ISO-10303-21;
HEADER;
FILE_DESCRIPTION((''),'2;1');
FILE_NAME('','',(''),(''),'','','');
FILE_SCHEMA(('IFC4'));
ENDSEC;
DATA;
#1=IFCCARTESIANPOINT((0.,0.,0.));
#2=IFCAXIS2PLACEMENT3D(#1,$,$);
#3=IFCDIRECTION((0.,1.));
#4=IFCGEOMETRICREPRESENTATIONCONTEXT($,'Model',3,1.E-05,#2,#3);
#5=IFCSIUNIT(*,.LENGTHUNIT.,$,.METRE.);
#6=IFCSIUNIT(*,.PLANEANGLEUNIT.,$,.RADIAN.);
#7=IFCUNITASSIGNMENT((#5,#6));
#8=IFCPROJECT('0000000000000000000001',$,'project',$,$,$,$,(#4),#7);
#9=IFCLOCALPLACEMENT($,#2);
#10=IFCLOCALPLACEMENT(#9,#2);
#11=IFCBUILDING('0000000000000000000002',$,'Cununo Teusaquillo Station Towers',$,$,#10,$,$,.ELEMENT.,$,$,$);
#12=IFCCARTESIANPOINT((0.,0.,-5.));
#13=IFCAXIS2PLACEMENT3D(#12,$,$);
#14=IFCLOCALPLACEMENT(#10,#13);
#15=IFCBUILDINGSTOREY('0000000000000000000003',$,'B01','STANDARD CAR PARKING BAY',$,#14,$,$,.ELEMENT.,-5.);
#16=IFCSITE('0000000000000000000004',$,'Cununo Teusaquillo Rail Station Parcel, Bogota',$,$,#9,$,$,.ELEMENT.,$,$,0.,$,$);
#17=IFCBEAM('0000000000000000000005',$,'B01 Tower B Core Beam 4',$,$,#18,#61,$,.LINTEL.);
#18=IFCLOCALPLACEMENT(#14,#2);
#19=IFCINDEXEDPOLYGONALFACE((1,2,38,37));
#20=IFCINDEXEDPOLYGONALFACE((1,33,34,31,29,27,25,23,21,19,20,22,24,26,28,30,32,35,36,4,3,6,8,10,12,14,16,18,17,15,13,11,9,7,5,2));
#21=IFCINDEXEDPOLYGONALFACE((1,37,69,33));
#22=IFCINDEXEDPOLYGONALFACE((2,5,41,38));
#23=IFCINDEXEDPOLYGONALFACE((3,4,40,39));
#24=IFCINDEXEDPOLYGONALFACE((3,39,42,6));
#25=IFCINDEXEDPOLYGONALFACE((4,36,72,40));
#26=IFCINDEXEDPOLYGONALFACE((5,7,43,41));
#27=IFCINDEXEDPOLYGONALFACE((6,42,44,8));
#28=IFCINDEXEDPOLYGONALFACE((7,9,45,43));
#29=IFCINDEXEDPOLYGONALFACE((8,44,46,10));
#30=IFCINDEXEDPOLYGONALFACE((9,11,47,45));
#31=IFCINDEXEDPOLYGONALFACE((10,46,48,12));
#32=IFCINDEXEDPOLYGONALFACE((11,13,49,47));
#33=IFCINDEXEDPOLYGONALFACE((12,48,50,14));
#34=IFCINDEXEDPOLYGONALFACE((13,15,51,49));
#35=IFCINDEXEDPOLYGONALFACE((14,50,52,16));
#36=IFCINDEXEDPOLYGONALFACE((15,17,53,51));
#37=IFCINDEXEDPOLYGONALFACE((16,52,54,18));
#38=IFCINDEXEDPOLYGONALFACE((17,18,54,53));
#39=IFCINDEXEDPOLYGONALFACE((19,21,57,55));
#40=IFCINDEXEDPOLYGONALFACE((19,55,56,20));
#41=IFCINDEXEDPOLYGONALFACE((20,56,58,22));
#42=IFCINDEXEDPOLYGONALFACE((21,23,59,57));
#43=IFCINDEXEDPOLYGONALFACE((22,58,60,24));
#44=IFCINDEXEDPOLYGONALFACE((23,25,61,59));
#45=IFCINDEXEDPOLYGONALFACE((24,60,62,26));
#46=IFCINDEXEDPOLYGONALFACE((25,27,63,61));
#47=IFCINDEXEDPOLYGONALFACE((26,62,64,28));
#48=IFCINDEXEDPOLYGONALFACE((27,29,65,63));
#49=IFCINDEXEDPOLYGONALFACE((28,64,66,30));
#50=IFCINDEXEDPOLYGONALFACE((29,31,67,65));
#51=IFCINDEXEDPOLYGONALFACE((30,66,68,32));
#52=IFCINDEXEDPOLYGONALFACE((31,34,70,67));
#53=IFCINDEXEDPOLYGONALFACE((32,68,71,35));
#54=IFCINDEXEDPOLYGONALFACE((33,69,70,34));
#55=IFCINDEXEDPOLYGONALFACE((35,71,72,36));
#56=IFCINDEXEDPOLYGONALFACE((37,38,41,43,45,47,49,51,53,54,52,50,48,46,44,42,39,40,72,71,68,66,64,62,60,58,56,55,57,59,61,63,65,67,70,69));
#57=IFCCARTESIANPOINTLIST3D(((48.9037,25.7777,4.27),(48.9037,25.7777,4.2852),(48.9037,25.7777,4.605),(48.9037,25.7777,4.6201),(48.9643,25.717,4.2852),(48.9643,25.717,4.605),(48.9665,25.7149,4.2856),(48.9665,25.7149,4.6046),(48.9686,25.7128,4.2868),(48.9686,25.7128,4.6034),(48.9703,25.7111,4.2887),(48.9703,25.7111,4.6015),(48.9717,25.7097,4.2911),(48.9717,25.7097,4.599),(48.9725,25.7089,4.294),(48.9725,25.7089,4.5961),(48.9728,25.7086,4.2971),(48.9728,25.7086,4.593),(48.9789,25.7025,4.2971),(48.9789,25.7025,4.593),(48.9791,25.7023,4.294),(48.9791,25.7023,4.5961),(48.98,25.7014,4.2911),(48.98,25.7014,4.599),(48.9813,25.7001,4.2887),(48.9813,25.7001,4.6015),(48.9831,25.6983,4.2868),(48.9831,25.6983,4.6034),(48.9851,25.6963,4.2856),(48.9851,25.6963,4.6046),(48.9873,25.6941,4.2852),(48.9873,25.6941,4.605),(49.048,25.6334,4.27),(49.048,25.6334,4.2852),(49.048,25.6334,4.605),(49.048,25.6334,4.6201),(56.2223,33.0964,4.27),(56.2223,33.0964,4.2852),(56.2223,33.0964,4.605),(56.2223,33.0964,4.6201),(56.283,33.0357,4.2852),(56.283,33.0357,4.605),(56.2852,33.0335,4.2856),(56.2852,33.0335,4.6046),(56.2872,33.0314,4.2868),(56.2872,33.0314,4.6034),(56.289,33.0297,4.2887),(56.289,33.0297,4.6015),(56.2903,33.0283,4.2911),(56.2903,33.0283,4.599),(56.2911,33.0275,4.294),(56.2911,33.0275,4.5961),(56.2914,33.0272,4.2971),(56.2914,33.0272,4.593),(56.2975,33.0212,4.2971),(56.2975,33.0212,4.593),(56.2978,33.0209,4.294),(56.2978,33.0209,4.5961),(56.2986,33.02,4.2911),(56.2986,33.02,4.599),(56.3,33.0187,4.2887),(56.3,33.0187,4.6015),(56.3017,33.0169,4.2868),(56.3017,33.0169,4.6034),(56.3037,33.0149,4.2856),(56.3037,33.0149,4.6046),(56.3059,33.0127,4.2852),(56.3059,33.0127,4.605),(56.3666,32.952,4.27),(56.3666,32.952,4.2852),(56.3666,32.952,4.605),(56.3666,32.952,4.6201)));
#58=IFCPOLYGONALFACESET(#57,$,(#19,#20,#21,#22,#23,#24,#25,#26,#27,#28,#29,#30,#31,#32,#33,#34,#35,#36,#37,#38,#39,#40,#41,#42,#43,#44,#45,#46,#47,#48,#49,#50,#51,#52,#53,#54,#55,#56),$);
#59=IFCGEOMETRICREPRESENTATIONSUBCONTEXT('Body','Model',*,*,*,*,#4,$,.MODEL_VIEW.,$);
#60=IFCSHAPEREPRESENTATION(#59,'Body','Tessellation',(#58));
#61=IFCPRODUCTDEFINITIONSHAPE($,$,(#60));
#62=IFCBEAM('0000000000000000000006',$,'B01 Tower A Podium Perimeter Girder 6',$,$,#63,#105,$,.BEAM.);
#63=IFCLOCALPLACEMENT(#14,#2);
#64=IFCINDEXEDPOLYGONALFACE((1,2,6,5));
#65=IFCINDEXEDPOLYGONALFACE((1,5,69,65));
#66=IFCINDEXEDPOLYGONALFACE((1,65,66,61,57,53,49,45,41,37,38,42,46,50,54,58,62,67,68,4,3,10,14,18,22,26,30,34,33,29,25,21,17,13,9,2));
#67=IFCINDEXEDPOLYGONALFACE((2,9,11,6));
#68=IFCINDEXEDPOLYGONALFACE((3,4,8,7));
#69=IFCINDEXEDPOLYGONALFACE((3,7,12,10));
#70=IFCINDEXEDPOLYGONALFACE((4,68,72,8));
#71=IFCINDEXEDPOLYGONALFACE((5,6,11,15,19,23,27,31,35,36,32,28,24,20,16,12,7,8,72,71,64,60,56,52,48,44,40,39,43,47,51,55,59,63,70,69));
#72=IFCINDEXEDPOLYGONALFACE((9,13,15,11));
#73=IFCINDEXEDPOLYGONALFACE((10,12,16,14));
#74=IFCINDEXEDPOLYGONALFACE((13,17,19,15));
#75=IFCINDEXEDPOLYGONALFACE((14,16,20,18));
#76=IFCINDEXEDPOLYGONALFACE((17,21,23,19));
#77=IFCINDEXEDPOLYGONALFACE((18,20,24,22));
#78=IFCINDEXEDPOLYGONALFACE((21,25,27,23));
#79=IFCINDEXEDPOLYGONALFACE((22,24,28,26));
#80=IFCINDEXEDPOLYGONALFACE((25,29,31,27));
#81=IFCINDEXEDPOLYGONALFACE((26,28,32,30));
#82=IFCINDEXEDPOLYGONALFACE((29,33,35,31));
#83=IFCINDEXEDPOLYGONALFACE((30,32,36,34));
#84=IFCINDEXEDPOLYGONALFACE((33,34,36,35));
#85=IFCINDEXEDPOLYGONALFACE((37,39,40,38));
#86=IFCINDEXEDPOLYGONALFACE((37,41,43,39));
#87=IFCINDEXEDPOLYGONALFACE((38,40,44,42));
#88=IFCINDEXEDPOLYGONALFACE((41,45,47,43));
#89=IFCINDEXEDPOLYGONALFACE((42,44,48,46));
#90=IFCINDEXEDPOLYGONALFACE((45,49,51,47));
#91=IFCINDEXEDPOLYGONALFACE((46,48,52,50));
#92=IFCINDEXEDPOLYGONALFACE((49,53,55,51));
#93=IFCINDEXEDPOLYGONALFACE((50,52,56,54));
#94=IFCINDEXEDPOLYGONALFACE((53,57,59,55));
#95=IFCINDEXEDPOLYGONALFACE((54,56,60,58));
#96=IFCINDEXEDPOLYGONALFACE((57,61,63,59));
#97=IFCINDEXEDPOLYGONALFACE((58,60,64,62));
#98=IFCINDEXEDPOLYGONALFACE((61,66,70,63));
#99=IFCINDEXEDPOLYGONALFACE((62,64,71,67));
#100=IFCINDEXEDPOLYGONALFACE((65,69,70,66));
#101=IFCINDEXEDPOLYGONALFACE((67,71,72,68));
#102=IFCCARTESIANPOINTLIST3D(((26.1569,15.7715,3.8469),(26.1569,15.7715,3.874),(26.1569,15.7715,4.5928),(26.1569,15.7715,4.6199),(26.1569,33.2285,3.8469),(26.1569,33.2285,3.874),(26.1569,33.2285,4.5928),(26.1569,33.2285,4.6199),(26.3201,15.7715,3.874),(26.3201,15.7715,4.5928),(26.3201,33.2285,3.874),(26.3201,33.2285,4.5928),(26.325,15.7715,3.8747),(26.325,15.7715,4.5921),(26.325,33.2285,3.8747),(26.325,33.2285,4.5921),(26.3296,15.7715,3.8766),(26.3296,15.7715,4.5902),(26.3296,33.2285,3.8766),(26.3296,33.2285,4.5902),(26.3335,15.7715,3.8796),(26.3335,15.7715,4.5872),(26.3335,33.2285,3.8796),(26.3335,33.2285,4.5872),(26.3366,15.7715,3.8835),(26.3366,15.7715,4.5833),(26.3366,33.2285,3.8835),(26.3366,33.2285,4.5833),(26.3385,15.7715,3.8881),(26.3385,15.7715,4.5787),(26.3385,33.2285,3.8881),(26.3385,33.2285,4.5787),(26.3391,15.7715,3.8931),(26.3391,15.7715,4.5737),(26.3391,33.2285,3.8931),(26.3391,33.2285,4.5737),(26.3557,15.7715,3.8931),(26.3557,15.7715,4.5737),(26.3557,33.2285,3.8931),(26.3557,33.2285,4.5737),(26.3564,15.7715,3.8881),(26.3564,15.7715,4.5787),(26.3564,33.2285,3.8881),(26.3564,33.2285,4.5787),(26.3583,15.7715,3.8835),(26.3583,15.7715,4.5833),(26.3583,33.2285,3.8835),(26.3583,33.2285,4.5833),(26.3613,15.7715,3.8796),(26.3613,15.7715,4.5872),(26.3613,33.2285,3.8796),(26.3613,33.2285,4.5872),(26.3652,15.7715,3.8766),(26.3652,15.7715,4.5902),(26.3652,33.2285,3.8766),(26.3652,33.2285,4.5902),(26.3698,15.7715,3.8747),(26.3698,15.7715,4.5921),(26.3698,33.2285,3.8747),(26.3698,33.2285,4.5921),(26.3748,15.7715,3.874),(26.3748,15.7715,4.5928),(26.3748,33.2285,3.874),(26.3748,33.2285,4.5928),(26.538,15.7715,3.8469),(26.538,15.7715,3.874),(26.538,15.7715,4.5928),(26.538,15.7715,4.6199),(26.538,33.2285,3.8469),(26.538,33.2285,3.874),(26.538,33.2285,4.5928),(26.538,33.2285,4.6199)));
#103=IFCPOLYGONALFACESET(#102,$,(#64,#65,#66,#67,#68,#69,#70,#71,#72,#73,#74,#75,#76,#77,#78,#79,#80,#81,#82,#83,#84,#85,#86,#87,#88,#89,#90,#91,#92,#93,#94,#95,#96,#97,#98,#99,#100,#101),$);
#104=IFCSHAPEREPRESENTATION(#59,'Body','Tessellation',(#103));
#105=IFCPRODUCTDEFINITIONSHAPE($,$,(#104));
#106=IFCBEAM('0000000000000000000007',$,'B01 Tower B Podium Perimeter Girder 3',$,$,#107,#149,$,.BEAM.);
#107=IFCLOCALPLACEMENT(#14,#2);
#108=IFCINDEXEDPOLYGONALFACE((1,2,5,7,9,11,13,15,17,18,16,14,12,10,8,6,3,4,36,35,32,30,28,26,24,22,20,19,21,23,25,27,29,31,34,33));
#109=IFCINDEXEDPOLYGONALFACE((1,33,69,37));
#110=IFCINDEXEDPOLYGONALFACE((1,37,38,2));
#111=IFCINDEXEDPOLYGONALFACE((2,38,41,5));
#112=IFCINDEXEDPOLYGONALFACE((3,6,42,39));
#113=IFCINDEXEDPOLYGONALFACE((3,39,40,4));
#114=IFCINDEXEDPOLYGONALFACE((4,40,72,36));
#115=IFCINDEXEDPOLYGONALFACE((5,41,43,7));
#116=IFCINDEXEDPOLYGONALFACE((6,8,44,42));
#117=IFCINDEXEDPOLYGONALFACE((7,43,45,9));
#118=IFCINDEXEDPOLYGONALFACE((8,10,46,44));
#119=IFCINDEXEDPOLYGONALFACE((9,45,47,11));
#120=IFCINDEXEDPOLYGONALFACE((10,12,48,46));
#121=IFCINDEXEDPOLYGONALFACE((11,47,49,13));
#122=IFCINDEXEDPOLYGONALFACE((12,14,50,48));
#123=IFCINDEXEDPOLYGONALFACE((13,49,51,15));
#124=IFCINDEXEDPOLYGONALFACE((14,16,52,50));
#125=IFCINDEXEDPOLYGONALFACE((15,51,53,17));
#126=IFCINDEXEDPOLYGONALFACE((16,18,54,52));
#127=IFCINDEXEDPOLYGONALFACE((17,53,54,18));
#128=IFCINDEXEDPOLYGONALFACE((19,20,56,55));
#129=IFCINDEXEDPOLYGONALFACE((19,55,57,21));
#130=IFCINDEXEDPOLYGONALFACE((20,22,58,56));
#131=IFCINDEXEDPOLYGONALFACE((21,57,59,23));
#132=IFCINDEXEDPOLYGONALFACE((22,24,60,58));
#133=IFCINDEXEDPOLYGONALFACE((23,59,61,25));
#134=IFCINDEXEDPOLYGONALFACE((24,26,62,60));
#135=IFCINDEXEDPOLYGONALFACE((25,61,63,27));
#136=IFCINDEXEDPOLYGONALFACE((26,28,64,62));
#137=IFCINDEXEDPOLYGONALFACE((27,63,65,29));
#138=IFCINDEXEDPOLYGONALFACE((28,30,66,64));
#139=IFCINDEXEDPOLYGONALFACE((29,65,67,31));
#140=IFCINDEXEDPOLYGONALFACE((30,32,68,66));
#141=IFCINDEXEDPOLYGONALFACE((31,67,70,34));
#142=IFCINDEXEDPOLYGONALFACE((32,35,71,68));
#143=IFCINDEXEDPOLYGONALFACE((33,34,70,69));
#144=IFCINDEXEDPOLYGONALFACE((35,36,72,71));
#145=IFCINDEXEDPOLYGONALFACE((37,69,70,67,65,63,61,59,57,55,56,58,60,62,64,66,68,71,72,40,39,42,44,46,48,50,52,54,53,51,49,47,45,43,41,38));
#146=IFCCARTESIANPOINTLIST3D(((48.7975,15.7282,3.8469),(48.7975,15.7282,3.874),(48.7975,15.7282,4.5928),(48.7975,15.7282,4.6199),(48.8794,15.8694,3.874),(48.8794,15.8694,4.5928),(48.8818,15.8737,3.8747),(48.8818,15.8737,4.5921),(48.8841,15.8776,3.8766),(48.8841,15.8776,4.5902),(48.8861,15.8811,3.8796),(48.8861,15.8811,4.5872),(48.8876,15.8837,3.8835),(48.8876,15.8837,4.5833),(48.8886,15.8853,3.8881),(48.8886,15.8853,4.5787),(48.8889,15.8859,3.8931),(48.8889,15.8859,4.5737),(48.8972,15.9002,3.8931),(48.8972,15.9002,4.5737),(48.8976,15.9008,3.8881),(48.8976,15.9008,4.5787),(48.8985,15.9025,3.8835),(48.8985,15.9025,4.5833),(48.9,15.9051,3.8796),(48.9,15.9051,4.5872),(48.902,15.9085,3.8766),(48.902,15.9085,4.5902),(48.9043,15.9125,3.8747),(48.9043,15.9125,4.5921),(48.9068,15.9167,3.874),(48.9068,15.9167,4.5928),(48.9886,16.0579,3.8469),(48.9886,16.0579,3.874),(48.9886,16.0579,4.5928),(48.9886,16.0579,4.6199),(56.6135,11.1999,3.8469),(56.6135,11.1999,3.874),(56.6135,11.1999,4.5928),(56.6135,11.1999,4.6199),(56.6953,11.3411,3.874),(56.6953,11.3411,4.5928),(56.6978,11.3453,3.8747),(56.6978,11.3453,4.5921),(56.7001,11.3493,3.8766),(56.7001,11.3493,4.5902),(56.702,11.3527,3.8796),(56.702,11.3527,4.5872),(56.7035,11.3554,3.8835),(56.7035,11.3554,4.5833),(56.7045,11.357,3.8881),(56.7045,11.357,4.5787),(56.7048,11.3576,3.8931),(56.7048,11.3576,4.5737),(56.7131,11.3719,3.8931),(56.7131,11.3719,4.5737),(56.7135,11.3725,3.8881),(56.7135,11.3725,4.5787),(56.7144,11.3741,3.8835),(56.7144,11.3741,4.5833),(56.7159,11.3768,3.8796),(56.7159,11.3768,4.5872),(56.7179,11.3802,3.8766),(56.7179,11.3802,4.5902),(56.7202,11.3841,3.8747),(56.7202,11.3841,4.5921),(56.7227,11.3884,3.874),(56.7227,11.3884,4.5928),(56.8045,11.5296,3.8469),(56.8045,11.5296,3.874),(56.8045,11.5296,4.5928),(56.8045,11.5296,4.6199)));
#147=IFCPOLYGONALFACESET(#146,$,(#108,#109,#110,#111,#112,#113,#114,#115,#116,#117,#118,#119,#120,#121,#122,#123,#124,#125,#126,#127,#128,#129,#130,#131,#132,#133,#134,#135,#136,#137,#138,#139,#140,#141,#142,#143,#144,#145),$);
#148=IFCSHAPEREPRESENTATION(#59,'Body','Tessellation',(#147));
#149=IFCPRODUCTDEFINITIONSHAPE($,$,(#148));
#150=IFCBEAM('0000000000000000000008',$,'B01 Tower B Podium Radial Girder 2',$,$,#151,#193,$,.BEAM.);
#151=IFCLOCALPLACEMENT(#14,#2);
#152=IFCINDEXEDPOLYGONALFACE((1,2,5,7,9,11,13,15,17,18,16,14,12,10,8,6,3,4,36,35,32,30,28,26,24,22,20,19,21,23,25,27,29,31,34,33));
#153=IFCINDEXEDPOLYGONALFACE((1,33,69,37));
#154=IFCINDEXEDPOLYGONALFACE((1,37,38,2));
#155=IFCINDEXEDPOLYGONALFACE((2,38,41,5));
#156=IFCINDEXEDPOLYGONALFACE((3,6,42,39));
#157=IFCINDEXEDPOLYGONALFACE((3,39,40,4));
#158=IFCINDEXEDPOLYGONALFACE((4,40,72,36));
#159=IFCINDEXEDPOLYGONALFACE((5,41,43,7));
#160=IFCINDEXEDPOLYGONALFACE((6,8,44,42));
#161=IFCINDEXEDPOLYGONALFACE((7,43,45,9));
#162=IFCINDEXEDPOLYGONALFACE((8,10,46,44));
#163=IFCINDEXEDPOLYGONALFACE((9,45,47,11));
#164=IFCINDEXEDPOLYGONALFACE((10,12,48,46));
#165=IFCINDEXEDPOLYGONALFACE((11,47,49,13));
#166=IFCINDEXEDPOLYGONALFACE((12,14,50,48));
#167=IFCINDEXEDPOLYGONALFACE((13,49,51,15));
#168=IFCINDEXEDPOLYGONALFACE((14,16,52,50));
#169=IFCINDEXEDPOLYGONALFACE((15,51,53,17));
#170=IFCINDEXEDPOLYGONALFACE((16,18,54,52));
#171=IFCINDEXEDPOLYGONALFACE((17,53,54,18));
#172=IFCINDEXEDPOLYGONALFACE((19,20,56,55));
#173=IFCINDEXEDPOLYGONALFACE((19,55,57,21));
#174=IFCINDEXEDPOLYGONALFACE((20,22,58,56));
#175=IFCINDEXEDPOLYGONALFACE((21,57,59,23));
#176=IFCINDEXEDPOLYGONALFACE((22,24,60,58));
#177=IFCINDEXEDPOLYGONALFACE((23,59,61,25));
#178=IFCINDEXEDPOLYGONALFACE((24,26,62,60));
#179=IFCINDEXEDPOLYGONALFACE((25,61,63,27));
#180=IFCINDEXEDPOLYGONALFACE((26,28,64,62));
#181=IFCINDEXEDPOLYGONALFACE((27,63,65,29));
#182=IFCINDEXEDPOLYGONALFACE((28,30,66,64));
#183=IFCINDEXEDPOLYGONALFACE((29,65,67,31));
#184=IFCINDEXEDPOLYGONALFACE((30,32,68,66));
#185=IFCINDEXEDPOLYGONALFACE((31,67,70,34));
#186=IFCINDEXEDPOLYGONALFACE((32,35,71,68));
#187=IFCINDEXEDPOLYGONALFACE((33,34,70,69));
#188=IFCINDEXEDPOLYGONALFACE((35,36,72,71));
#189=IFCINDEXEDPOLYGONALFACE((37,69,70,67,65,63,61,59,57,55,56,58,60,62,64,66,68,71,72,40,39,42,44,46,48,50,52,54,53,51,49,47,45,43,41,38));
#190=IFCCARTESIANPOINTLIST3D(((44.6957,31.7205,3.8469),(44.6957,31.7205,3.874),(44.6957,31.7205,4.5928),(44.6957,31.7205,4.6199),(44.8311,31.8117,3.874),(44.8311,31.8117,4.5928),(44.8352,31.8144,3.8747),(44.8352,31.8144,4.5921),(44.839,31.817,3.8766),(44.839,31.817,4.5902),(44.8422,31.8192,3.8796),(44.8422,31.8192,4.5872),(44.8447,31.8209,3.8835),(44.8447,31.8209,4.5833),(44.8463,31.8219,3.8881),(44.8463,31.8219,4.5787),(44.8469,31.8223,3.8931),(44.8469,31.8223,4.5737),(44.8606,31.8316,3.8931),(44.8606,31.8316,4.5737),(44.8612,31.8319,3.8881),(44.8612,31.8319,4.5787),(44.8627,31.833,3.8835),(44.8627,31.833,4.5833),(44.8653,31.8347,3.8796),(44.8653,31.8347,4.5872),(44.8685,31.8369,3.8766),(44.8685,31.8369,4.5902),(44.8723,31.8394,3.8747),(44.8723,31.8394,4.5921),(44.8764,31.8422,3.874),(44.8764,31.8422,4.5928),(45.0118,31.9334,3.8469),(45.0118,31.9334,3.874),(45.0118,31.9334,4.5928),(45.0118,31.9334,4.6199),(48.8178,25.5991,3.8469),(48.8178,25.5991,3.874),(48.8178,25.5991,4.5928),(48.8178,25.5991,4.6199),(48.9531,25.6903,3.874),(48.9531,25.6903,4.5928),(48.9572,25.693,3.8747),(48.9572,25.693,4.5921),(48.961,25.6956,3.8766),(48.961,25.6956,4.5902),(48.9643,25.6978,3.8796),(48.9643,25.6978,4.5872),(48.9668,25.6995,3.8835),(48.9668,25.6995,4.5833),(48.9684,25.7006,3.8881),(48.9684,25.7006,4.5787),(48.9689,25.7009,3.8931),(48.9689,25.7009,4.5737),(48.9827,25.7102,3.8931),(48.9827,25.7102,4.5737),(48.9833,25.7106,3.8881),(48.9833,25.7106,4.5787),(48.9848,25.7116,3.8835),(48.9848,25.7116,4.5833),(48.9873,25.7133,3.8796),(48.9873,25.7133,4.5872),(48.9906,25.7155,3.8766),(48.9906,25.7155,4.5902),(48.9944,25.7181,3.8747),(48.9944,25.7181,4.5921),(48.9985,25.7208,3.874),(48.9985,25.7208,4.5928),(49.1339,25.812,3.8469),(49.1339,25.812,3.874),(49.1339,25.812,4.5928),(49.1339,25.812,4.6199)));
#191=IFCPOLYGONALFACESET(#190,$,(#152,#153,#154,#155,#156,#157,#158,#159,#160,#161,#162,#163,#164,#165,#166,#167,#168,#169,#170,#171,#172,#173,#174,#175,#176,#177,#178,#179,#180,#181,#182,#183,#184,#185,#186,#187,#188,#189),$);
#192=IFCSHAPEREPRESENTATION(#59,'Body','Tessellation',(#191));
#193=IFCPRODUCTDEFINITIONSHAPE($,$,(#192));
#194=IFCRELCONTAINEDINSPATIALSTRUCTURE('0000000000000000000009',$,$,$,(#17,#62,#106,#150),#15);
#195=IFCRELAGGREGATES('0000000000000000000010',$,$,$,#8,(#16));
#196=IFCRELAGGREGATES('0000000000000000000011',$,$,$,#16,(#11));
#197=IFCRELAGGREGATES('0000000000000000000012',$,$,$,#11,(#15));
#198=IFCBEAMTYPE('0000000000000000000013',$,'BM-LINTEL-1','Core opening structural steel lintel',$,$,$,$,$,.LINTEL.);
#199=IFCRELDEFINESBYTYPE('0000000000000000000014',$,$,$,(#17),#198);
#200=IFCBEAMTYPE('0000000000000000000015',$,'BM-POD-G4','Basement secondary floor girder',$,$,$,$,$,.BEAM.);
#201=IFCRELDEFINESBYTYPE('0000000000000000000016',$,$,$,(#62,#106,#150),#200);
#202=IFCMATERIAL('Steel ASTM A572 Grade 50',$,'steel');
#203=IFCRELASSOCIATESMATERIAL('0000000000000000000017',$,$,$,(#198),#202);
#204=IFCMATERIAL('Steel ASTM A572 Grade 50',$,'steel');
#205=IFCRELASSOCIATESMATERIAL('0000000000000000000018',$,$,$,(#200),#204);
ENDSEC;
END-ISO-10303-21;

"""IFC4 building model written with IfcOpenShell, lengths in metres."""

from ifc_helpers import new_model, si_unit, direction, frame, origin, origin_2d, place, context, subcontext, project, spatial, i_section, extrude, material, material_profile, profile_set, type_object, element, save


model = new_model("IFC4")

# Units and contexts
model_context = context("Model", 3, precision=1e-05, world=origin(), true_north=direction((0.0, 1.0)))
body_context = subcontext(model_context, "Body", "Model", "MODEL_VIEW")
ifc_project = project(units=[si_unit("LENGTHUNIT", "METRE"), si_unit("PLANEANGLEUNIT", "RADIAN")], contexts=[model_context])

# Site, building, storey
site_placement = place(None, origin())
site = spatial("IfcSite", under=ifc_project, at=site_placement, Name="Cununo Teusaquillo Rail Station Parcel, Bogota", CompositionType="ELEMENT", RefElevation=0.0)
building_placement = place(site_placement, origin())
building = spatial("IfcBuilding", under=site, at=building_placement, Name="Cununo Teusaquillo Station Towers", CompositionType="ELEMENT")
storey_placement = place(building_placement, frame((0.0, 0.0, -5.0)))
storey = spatial("IfcBuildingStorey", under=building, at=storey_placement, Name="B01", Description="STANDARD CAR PARKING BAY", CompositionType="ELEMENT", Elevation=-5.0)

# Beams
ifc_material_1 = material(Name="Steel ASTM A572 Grade 50", Category="steel")
ifc_material_profile_1 = material_profile(ifc_material_1, i_section(OverallWidth=0.2041, OverallDepth=0.3501, WebThickness=0.0085, FlangeThickness=0.0151, FilletRadius=0.012, at=origin_2d()), Name="W14X48")
ifc_profile_set_1 = profile_set([ifc_material_profile_1], Name="Steel ASTM A572 Grade 50")
beam_type_1 = type_object("IfcBeamType", Name="BM-LINTEL-1", Description="Core opening structural steel lintel", PredefinedType="LINTEL", material=ifc_profile_set_1)
beam_1_placement = place(storey_placement, frame((48.9758, 25.7056, 4.4451), z_axis=(0.707107, 0.707107, 0.0), x_axis=(-0.707107, 0.707107, 0.0)))
element("IfcBeam", 1, at=beam_1_placement, inside=storey, type_object=beam_type_1, Name="B01 Tower B Core Beam 4", PredefinedType="LINTEL", context=body_context, shape_type="SweptSolid", body=[
    extrude(i_section(OverallWidth=0.2041, OverallDepth=0.3501, WebThickness=0.0085, FlangeThickness=0.0151, FilletRadius=0.012, at=origin_2d()), origin(), (0.0, 0.0, 1.0), 10.3501),
])
ifc_material_2 = material(Name="Steel ASTM A572 Grade 50", Category="steel")
ifc_material_profile_2 = material_profile(ifc_material_2, i_section(OverallWidth=0.3811, OverallDepth=0.7729, WebThickness=0.0166, FlangeThickness=0.0271, FilletRadius=0.019, at=origin_2d()), Name="W30X173")
ifc_profile_set_2 = profile_set([ifc_material_profile_2], Name="Steel ASTM A572 Grade 50")
beam_type_2 = type_object("IfcBeamType", Name="BM-POD-G4", Description="Basement secondary floor girder", PredefinedType="BEAM", material=ifc_profile_set_2)
beam_2_placement = place(storey_placement, frame((26.3474, 15.7715, 4.2334), z_axis=(0.0, 1.0, 0.0), x_axis=(-1.0, 0.0, 0.0)))
element("IfcBeam", 2, at=beam_2_placement, inside=storey, type_object=beam_type_2, Name="B01 Tower A Podium Perimeter Girder 6", PredefinedType="BEAM", context=body_context, shape_type="SweptSolid", body=[
    extrude(i_section(OverallWidth=0.3811, OverallDepth=0.7729, WebThickness=0.0166, FlangeThickness=0.0271, FilletRadius=0.019, at=origin_2d()), origin(), (0.0, 0.0, 1.0), 17.457),
])
beam_3_placement = place(storey_placement, frame((48.8931, 15.8931, 4.2334), z_axis=(0.865267, -0.501311, 0.0), x_axis=(0.501311, 0.865267, 0.0)))
element("IfcBeam", 3, at=beam_3_placement, inside=storey, type_object=beam_type_2, Name="B01 Tower B Podium Perimeter Girder 3", PredefinedType="BEAM", context=body_context, shape_type="SweptSolid", body=[
    extrude(i_section(OverallWidth=0.3811, OverallDepth=0.7729, WebThickness=0.0166, FlangeThickness=0.0271, FilletRadius=0.019, at=origin_2d()), origin(), (0.0, 0.0, 1.0), 9.033),
])
beam_4_placement = place(storey_placement, frame((48.9758, 25.7056, 4.2334), z_axis=(-0.558557, 0.829466, 0.0), x_axis=(-0.829466, -0.558557, 0.0)))
element("IfcBeam", 4, at=beam_4_placement, inside=storey, type_object=beam_type_2, Name="B01 Tower B Podium Radial Girder 2", PredefinedType="BEAM", context=body_context, shape_type="SweptSolid", body=[
    extrude(i_section(OverallWidth=0.3811, OverallDepth=0.7729, WebThickness=0.0166, FlangeThickness=0.0271, FilletRadius=0.019, at=origin_2d()), origin(), (0.0, 0.0, 1.0), 7.3799),
])

save(model, "model.ifc")
